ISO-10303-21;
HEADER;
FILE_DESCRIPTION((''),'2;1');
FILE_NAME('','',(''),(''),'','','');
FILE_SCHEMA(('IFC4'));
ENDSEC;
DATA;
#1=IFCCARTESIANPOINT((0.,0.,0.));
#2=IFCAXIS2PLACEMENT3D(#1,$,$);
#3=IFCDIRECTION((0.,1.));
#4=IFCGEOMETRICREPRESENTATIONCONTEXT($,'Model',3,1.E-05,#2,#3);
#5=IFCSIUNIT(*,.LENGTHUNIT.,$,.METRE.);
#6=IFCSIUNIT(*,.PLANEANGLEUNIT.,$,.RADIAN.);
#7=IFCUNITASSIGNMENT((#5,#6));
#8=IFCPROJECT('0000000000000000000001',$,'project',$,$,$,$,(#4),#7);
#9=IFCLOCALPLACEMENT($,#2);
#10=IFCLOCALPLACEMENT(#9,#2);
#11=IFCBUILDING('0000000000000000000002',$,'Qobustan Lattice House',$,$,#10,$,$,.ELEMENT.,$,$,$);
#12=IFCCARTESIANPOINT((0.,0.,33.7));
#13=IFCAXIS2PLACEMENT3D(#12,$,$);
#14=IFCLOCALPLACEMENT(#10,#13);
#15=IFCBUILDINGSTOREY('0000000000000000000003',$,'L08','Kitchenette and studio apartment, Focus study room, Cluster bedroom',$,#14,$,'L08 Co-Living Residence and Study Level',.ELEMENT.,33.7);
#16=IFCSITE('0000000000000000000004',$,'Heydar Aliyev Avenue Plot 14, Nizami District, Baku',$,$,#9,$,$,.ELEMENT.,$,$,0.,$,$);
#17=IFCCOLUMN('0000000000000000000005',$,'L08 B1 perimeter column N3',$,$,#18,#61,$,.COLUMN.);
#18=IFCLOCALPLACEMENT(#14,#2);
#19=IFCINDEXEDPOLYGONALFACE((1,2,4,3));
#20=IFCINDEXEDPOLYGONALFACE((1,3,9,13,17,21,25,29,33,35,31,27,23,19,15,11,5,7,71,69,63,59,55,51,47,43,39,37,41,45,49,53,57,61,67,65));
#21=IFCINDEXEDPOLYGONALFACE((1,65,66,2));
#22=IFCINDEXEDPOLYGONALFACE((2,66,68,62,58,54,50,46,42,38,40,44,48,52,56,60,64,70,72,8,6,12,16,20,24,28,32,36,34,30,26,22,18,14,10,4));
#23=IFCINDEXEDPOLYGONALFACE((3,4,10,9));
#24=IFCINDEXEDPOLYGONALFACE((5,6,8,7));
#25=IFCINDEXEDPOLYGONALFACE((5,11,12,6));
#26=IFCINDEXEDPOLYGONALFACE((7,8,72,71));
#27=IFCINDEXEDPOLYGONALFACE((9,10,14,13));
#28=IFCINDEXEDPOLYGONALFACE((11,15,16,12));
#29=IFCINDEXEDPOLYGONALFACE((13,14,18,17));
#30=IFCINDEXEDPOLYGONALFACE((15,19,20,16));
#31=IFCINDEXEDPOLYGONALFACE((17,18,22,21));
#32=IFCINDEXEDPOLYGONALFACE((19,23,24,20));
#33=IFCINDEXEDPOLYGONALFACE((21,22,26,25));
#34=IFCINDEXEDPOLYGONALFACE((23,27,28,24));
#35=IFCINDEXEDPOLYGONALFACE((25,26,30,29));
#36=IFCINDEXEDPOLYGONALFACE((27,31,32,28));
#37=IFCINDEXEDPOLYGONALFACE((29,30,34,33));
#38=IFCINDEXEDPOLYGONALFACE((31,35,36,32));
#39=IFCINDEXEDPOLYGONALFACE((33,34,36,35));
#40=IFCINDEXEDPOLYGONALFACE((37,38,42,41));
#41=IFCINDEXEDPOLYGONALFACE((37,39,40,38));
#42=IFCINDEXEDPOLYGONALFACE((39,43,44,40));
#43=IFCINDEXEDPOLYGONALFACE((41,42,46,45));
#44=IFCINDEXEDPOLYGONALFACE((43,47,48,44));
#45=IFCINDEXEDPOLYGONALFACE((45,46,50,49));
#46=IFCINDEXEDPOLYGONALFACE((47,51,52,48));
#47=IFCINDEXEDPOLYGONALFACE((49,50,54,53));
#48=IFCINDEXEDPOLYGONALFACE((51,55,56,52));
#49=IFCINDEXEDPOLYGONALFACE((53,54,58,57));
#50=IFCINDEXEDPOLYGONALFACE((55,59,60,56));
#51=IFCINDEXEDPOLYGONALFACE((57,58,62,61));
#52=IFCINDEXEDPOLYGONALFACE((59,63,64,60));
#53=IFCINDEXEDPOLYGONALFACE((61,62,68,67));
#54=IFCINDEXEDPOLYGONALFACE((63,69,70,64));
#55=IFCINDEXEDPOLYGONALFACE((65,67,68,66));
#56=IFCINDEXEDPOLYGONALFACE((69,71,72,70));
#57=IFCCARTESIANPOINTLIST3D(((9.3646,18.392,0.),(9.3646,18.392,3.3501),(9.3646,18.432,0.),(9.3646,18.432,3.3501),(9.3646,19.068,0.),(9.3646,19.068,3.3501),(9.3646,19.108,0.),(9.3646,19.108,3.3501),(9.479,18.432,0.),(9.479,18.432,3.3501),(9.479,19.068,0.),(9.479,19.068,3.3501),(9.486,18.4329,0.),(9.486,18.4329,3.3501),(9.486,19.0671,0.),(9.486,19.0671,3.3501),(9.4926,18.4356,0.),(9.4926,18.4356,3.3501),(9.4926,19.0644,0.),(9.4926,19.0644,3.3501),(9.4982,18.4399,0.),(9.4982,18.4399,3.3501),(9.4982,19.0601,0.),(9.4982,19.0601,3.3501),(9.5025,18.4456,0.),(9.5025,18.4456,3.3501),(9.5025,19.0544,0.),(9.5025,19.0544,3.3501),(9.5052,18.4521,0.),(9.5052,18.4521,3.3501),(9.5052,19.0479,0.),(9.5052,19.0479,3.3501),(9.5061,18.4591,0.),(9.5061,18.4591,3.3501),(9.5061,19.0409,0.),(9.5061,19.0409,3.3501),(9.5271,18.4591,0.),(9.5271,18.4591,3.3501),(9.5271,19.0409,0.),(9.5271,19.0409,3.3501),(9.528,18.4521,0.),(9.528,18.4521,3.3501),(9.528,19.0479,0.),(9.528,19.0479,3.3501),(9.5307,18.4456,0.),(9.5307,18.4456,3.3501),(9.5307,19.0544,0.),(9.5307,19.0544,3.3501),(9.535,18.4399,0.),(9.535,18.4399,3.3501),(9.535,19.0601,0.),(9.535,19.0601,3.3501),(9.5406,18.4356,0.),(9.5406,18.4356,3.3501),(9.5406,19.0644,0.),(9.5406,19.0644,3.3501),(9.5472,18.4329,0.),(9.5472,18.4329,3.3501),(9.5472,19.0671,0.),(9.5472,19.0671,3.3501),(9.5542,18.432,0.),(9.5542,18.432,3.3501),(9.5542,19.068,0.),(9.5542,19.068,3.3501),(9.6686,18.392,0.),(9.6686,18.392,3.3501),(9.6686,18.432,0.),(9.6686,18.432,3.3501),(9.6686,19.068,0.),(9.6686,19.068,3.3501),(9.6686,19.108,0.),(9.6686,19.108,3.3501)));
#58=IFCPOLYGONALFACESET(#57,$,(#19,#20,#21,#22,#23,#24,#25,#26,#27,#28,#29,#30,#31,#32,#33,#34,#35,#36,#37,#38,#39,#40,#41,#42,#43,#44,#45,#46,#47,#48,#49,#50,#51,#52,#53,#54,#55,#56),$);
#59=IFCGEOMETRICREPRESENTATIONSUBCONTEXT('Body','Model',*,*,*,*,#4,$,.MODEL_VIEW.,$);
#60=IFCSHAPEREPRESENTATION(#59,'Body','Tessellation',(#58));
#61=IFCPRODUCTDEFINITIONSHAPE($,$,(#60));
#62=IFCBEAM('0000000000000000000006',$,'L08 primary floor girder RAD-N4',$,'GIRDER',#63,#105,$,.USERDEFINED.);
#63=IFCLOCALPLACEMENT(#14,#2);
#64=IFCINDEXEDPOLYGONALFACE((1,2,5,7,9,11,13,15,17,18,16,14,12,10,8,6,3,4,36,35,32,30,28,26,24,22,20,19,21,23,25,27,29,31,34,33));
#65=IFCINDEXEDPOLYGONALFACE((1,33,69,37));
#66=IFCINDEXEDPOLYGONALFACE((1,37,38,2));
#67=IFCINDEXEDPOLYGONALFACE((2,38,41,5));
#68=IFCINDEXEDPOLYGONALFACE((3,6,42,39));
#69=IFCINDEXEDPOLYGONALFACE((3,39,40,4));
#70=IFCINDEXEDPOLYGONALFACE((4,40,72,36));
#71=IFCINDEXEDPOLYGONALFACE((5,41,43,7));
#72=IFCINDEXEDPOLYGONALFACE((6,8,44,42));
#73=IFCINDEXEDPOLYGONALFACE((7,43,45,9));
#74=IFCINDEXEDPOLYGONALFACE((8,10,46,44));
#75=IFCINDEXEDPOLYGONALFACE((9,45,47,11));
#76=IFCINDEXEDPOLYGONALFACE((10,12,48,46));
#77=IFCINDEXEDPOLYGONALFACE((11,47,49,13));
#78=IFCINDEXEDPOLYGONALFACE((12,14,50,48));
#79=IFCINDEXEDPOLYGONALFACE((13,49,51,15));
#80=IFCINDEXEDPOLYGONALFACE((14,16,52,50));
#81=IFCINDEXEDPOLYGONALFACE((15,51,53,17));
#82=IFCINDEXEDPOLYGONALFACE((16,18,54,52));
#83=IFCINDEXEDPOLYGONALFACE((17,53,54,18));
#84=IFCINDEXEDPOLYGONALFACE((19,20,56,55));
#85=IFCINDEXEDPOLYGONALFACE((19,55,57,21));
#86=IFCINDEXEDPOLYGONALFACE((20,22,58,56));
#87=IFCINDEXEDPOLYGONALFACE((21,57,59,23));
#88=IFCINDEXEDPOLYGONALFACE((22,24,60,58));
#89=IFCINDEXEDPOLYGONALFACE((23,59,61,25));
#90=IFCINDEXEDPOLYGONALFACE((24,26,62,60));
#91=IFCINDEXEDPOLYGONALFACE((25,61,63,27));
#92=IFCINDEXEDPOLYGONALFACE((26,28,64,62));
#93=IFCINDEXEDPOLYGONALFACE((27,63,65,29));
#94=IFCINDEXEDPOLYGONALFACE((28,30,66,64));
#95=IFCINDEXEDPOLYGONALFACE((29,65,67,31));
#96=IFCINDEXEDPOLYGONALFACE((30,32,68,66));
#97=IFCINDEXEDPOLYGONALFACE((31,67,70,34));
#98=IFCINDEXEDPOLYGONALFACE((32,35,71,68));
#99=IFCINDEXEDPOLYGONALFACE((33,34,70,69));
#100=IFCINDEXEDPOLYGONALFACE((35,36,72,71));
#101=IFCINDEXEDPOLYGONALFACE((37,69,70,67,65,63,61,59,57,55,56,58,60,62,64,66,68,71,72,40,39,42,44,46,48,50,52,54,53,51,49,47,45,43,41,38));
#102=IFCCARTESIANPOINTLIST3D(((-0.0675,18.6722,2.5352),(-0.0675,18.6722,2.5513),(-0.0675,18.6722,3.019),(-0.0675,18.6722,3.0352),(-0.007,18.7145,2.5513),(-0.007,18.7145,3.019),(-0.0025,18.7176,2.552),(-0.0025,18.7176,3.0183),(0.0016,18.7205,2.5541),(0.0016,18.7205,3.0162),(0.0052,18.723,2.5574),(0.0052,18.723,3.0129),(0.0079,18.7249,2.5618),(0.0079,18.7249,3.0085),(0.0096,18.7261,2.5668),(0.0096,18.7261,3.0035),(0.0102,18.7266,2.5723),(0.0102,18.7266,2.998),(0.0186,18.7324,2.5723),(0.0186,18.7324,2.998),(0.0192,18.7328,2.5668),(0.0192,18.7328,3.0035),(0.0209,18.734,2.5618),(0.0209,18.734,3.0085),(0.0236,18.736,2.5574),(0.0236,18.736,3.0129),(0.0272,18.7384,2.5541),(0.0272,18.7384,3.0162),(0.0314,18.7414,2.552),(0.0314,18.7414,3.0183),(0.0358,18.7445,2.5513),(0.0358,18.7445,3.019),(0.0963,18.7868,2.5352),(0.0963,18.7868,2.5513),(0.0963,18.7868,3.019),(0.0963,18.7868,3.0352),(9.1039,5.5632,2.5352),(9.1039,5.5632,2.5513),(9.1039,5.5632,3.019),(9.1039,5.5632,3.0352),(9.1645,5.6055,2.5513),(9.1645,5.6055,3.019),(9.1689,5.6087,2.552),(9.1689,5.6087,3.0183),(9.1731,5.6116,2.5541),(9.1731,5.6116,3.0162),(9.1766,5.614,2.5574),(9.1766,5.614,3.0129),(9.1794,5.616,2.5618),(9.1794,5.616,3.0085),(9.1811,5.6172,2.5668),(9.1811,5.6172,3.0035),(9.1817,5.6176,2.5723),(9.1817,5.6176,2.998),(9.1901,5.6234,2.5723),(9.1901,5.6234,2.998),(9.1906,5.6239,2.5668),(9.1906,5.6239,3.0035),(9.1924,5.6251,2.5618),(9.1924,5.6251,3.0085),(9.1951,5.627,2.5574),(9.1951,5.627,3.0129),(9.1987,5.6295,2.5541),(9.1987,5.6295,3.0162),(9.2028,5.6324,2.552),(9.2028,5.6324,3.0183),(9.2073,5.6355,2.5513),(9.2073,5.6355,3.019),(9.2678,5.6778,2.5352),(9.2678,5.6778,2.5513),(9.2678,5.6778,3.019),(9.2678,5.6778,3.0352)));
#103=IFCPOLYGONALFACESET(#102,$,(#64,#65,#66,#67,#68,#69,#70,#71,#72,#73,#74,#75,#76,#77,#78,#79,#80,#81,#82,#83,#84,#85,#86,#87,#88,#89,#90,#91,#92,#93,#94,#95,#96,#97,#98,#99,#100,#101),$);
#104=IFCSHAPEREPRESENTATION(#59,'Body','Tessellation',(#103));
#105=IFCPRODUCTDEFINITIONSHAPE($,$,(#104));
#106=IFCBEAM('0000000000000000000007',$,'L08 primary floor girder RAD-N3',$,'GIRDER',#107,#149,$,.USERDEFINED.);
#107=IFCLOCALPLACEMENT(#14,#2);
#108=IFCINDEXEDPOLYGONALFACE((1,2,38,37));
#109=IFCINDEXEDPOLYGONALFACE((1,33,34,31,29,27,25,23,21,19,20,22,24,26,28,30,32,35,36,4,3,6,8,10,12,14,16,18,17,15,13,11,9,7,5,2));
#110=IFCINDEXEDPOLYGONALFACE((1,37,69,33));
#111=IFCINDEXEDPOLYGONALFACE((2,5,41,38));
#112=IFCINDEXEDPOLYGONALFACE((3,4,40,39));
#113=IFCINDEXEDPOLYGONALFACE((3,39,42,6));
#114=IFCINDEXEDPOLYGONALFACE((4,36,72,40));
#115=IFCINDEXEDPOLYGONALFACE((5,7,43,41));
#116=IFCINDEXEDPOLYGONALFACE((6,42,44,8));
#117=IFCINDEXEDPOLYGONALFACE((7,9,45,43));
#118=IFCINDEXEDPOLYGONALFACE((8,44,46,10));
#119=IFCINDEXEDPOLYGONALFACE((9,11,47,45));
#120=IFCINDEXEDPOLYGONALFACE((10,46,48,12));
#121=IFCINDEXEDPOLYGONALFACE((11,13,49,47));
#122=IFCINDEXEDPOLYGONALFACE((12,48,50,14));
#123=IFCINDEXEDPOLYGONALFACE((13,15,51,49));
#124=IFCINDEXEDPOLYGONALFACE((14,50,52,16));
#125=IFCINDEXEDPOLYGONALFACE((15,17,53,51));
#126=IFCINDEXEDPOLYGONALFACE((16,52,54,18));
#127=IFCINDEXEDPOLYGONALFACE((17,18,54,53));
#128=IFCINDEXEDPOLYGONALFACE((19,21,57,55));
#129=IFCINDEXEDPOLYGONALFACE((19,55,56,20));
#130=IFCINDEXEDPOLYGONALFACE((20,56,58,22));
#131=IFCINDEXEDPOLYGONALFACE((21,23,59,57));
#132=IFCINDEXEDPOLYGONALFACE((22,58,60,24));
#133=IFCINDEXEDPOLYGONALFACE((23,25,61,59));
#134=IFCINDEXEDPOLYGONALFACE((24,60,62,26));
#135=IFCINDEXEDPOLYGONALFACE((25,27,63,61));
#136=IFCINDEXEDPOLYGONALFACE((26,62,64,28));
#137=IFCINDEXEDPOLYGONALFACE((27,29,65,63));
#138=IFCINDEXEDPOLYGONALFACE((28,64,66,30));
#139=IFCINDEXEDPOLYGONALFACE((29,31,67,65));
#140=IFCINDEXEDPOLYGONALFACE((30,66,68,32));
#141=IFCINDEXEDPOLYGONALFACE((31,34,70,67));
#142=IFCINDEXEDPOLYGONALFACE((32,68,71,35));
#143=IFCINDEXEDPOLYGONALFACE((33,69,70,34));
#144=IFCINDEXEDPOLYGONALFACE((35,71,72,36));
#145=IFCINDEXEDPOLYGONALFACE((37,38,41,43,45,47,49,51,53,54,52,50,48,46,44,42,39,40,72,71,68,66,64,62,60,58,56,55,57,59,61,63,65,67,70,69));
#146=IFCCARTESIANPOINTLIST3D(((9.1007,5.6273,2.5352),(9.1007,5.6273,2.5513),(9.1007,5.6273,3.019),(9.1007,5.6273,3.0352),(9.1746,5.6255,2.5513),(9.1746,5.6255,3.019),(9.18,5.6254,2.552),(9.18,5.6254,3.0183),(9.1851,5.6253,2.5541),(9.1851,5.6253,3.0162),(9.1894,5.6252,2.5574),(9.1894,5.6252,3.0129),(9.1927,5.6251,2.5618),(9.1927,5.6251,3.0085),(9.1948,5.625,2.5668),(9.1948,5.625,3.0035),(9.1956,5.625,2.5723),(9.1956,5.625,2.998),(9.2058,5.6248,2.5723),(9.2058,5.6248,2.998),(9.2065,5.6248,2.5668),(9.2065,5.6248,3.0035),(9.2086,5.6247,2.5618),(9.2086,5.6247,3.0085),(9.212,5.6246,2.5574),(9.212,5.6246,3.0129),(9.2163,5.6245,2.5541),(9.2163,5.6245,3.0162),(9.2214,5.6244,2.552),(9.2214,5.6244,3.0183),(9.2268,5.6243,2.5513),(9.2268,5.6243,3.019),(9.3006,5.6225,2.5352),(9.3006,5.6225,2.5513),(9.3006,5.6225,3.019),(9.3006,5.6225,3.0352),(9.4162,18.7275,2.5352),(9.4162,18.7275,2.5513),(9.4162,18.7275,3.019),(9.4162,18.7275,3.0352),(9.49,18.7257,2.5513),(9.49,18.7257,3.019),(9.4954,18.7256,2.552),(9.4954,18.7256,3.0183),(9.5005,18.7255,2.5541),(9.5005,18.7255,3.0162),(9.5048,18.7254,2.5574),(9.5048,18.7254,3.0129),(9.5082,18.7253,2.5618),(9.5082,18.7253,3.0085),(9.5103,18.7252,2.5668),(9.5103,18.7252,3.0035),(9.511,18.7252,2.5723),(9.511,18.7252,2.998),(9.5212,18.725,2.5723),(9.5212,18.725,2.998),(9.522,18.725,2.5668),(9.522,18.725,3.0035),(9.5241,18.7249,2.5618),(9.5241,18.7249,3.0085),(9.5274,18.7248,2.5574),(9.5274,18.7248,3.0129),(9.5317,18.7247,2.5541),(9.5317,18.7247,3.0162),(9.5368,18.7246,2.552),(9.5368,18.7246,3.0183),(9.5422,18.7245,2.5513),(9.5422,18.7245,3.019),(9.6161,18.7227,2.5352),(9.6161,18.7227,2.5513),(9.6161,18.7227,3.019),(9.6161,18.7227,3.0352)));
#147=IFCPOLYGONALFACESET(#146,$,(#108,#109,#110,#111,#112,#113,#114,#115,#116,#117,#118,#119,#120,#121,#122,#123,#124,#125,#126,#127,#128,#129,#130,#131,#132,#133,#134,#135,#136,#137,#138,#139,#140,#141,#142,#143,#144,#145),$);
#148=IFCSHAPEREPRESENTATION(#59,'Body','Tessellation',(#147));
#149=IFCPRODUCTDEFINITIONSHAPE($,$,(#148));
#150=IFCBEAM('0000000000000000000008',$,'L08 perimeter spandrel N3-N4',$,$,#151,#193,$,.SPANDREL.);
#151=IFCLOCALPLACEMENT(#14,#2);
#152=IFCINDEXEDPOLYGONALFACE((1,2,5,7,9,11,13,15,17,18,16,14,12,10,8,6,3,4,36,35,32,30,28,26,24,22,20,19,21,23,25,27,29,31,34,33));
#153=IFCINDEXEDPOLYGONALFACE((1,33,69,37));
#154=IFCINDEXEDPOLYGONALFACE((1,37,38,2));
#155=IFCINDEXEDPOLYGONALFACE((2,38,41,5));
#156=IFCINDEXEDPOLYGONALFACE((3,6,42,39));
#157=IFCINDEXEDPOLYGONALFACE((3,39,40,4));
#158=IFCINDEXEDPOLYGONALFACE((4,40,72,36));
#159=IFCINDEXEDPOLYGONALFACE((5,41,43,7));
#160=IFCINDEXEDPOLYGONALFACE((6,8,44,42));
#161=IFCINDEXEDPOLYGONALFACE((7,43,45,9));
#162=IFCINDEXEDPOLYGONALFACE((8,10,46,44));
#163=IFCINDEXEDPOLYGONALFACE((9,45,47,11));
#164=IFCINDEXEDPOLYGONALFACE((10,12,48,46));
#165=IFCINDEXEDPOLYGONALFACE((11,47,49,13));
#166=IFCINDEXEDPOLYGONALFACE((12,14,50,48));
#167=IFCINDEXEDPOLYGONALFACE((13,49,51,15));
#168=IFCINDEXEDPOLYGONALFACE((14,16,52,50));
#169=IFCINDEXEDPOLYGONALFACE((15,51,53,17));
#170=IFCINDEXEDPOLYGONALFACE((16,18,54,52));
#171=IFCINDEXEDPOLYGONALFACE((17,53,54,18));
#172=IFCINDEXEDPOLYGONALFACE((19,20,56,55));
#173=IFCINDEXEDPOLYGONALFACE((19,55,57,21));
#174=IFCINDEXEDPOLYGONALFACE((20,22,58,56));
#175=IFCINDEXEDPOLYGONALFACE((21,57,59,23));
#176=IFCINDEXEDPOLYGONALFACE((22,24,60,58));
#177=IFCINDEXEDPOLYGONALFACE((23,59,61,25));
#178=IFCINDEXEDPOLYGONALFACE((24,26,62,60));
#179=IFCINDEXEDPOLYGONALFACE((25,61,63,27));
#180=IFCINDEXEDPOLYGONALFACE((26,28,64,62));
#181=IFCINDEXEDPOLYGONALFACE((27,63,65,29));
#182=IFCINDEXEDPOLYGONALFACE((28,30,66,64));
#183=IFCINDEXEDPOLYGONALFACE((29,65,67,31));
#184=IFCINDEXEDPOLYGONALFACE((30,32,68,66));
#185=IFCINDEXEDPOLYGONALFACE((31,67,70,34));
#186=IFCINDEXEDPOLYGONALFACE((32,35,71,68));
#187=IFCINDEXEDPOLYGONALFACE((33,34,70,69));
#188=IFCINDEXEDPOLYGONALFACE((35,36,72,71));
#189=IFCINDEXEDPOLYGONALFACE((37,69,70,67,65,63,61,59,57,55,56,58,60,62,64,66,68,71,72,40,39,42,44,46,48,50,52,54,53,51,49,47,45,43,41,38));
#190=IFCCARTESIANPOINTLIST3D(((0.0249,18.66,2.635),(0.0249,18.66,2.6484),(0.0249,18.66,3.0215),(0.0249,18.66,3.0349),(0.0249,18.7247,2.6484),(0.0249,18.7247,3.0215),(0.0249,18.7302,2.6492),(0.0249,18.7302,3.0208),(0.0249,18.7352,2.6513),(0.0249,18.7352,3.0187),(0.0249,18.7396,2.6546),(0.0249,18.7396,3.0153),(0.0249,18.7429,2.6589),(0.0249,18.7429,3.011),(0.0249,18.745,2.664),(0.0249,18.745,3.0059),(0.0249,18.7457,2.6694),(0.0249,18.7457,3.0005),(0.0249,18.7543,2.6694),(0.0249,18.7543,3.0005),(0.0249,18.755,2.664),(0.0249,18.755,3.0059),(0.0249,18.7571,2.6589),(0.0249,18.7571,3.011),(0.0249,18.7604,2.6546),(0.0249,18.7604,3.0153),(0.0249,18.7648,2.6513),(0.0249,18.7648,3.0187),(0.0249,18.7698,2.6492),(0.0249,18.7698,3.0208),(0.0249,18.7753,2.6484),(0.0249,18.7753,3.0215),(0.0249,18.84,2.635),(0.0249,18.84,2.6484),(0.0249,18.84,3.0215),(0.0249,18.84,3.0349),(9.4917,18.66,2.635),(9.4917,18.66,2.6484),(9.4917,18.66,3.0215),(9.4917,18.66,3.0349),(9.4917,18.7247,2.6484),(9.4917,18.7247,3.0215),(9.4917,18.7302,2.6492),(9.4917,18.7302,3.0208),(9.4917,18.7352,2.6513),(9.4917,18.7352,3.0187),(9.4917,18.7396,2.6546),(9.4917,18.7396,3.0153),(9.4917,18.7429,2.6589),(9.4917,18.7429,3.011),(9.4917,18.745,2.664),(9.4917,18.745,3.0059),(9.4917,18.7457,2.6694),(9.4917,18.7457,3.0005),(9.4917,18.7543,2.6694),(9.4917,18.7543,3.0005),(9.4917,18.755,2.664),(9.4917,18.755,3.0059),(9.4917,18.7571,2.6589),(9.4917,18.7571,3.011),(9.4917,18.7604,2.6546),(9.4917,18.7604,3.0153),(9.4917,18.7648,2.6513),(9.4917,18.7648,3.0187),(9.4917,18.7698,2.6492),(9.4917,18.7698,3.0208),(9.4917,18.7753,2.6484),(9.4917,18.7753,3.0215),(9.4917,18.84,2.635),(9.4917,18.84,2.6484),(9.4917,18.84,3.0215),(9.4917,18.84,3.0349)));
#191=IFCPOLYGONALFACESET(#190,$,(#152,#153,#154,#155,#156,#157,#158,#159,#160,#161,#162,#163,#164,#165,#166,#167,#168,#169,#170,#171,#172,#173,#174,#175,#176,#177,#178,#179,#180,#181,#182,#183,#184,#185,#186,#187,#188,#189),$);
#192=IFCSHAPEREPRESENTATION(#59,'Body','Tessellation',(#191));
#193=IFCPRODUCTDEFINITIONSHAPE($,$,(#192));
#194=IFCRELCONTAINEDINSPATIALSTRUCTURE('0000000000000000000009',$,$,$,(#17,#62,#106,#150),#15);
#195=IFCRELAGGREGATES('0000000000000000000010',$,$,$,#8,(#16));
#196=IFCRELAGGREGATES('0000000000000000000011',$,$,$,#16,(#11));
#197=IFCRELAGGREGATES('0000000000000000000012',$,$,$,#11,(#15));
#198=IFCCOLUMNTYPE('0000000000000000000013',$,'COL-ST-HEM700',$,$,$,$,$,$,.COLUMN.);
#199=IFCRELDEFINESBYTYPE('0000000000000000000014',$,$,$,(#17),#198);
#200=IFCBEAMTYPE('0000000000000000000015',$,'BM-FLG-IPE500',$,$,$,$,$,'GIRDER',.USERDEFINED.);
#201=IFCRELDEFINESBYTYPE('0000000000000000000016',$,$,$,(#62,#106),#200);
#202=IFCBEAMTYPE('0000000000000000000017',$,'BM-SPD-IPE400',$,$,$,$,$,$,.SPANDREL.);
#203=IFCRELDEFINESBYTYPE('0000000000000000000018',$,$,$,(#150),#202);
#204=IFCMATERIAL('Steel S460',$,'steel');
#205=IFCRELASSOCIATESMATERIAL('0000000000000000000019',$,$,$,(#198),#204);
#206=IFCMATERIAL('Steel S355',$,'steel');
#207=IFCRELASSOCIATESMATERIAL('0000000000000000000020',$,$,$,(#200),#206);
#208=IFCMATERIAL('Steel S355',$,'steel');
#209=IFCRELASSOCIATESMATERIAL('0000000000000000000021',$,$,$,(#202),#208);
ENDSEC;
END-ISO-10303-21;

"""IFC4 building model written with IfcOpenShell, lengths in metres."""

from ifc_helpers import new_model, si_unit, direction, frame, origin, origin_2d, place, context, subcontext, project, spatial, i_section, extrude, material, material_profile, profile_set, type_object, element, save


model = new_model("IFC4")

# Units and contexts
model_context = context("Model", 3, precision=1e-05, world=origin(), true_north=direction((0.0, 1.0)))
body_context = subcontext(model_context, "Body", "Model", "MODEL_VIEW")
ifc_project = project(units=[si_unit("LENGTHUNIT", "METRE"), si_unit("PLANEANGLEUNIT", "RADIAN")], contexts=[model_context])

# Site, building, storey
site_placement = place(None, origin())
site = spatial("IfcSite", under=ifc_project, at=site_placement, Name="Heydar Aliyev Avenue Plot 14, Nizami District, Baku", CompositionType="ELEMENT", RefElevation=0.0)
building_placement = place(site_placement, origin())
building = spatial("IfcBuilding", under=site, at=building_placement, Name="Qobustan Lattice House", CompositionType="ELEMENT")
storey_placement = place(building_placement, frame((0.0, 0.0, 33.7)))
storey = spatial("IfcBuildingStorey", under=building, at=storey_placement, Name="L08", Description="Kitchenette and studio apartment, Focus study room, Cluster bedroom", LongName="L08 Co-Living Residence and Study Level", CompositionType="ELEMENT", Elevation=33.7)

# Column
ifc_material_1 = material(Name="Steel S460", Category="steel")
ifc_material_profile_1 = material_profile(ifc_material_1, i_section(OverallWidth=0.304, OverallDepth=0.7161, WebThickness=0.021, FlangeThickness=0.04, FilletRadius=0.0271, at=origin_2d()), Name="HEM700")
ifc_profile_set_1 = profile_set([ifc_material_profile_1], Name="Steel S460")
column_type = type_object("IfcColumnType", Name="COL-ST-HEM700", PredefinedType="COLUMN", material=ifc_profile_set_1)
column_placement = place(storey_placement, frame((9.5166, 18.75, 0.0), z_axis=(0.0, 0.0, 1.0), x_axis=(1.0, 0.0, 0.0)))
element("IfcColumn", 1, at=column_placement, inside=storey, type_object=column_type, Name="L08 B1 perimeter column N3", PredefinedType="COLUMN", context=body_context, shape_type="SweptSolid", body=[
    extrude(i_section(OverallWidth=0.304, OverallDepth=0.7161, WebThickness=0.021, FlangeThickness=0.04, FilletRadius=0.0271, at=origin_2d()), origin(), (0.0, 0.0, 1.0), 3.3501),
])

# Beams
ifc_material_2 = material(Name="Steel S355", Category="steel")
ifc_material_profile_2 = material_profile(ifc_material_2, i_section(OverallWidth=0.2, OverallDepth=0.5, WebThickness=0.0103, FlangeThickness=0.0161, FilletRadius=0.021, at=origin_2d()), Name="IPE500")
ifc_profile_set_2 = profile_set([ifc_material_profile_2], Name="Steel S355")
beam_type_1 = type_object("IfcBeamType", Name="BM-FLG-IPE500", ElementType="GIRDER", PredefinedType="USERDEFINED", material=ifc_profile_set_2)
beam_1_placement = place(storey_placement, frame((0.0144, 18.7295, 2.7852), z_axis=(0.57326, -0.819374, 0.0), x_axis=(0.819374, 0.57326, 0.0)))
element("IfcBeam", 2, at=beam_1_placement, inside=storey, type_object=beam_type_1, Name="L08 primary floor girder RAD-N4", ObjectType="GIRDER", PredefinedType="USERDEFINED", context=body_context, shape_type="SweptSolid", body=[
    extrude(i_section(OverallWidth=0.2, OverallDepth=0.5, WebThickness=0.0103, FlangeThickness=0.0161, FilletRadius=0.021, at=origin_2d()), origin(), (0.0, 0.0, 1.0), 15.9988),
])
beam_2_placement = place(storey_placement, frame((9.5161, 18.7251, 2.7852), z_axis=(-0.024071, -0.99971, 0.0), x_axis=(0.99971, -0.024071, 0.0)))
element("IfcBeam", 3, at=beam_2_placement, inside=storey, type_object=beam_type_1, Name="L08 primary floor girder RAD-N3", ObjectType="GIRDER", PredefinedType="USERDEFINED", context=body_context, shape_type="SweptSolid", body=[
    extrude(i_section(OverallWidth=0.2, OverallDepth=0.5, WebThickness=0.0103, FlangeThickness=0.0161, FilletRadius=0.021, at=origin_2d()), origin(), (0.0, 0.0, 1.0), 13.104),
])
ifc_material_3 = material(Name="Steel S355", Category="steel")
ifc_material_profile_3 = material_profile(ifc_material_3, i_section(OverallWidth=0.1799, OverallDepth=0.3999, WebThickness=0.0085, FlangeThickness=0.0134, FilletRadius=0.021, at=origin_2d()), Name="IPE400")
ifc_profile_set_3 = profile_set([ifc_material_profile_3], Name="Steel S355")
beam_type_2 = type_object("IfcBeamType", Name="BM-SPD-IPE400", PredefinedType="SPANDREL", material=ifc_profile_set_3)
beam_3_placement = place(storey_placement, frame((9.4917, 18.75, 2.835), z_axis=(-1.0, 0.0, 0.0), x_axis=(0.0, -1.0, 0.0)))
element("IfcBeam", 4, at=beam_3_placement, inside=storey, type_object=beam_type_2, Name="L08 perimeter spandrel N3-N4", PredefinedType="SPANDREL", context=body_context, shape_type="SweptSolid", body=[
    extrude(i_section(OverallWidth=0.1799, OverallDepth=0.3999, WebThickness=0.0085, FlangeThickness=0.0134, FilletRadius=0.021, at=origin_2d()), origin(), (0.0, 0.0, 1.0), 9.4668),
])

save(model, "model.ifc")
